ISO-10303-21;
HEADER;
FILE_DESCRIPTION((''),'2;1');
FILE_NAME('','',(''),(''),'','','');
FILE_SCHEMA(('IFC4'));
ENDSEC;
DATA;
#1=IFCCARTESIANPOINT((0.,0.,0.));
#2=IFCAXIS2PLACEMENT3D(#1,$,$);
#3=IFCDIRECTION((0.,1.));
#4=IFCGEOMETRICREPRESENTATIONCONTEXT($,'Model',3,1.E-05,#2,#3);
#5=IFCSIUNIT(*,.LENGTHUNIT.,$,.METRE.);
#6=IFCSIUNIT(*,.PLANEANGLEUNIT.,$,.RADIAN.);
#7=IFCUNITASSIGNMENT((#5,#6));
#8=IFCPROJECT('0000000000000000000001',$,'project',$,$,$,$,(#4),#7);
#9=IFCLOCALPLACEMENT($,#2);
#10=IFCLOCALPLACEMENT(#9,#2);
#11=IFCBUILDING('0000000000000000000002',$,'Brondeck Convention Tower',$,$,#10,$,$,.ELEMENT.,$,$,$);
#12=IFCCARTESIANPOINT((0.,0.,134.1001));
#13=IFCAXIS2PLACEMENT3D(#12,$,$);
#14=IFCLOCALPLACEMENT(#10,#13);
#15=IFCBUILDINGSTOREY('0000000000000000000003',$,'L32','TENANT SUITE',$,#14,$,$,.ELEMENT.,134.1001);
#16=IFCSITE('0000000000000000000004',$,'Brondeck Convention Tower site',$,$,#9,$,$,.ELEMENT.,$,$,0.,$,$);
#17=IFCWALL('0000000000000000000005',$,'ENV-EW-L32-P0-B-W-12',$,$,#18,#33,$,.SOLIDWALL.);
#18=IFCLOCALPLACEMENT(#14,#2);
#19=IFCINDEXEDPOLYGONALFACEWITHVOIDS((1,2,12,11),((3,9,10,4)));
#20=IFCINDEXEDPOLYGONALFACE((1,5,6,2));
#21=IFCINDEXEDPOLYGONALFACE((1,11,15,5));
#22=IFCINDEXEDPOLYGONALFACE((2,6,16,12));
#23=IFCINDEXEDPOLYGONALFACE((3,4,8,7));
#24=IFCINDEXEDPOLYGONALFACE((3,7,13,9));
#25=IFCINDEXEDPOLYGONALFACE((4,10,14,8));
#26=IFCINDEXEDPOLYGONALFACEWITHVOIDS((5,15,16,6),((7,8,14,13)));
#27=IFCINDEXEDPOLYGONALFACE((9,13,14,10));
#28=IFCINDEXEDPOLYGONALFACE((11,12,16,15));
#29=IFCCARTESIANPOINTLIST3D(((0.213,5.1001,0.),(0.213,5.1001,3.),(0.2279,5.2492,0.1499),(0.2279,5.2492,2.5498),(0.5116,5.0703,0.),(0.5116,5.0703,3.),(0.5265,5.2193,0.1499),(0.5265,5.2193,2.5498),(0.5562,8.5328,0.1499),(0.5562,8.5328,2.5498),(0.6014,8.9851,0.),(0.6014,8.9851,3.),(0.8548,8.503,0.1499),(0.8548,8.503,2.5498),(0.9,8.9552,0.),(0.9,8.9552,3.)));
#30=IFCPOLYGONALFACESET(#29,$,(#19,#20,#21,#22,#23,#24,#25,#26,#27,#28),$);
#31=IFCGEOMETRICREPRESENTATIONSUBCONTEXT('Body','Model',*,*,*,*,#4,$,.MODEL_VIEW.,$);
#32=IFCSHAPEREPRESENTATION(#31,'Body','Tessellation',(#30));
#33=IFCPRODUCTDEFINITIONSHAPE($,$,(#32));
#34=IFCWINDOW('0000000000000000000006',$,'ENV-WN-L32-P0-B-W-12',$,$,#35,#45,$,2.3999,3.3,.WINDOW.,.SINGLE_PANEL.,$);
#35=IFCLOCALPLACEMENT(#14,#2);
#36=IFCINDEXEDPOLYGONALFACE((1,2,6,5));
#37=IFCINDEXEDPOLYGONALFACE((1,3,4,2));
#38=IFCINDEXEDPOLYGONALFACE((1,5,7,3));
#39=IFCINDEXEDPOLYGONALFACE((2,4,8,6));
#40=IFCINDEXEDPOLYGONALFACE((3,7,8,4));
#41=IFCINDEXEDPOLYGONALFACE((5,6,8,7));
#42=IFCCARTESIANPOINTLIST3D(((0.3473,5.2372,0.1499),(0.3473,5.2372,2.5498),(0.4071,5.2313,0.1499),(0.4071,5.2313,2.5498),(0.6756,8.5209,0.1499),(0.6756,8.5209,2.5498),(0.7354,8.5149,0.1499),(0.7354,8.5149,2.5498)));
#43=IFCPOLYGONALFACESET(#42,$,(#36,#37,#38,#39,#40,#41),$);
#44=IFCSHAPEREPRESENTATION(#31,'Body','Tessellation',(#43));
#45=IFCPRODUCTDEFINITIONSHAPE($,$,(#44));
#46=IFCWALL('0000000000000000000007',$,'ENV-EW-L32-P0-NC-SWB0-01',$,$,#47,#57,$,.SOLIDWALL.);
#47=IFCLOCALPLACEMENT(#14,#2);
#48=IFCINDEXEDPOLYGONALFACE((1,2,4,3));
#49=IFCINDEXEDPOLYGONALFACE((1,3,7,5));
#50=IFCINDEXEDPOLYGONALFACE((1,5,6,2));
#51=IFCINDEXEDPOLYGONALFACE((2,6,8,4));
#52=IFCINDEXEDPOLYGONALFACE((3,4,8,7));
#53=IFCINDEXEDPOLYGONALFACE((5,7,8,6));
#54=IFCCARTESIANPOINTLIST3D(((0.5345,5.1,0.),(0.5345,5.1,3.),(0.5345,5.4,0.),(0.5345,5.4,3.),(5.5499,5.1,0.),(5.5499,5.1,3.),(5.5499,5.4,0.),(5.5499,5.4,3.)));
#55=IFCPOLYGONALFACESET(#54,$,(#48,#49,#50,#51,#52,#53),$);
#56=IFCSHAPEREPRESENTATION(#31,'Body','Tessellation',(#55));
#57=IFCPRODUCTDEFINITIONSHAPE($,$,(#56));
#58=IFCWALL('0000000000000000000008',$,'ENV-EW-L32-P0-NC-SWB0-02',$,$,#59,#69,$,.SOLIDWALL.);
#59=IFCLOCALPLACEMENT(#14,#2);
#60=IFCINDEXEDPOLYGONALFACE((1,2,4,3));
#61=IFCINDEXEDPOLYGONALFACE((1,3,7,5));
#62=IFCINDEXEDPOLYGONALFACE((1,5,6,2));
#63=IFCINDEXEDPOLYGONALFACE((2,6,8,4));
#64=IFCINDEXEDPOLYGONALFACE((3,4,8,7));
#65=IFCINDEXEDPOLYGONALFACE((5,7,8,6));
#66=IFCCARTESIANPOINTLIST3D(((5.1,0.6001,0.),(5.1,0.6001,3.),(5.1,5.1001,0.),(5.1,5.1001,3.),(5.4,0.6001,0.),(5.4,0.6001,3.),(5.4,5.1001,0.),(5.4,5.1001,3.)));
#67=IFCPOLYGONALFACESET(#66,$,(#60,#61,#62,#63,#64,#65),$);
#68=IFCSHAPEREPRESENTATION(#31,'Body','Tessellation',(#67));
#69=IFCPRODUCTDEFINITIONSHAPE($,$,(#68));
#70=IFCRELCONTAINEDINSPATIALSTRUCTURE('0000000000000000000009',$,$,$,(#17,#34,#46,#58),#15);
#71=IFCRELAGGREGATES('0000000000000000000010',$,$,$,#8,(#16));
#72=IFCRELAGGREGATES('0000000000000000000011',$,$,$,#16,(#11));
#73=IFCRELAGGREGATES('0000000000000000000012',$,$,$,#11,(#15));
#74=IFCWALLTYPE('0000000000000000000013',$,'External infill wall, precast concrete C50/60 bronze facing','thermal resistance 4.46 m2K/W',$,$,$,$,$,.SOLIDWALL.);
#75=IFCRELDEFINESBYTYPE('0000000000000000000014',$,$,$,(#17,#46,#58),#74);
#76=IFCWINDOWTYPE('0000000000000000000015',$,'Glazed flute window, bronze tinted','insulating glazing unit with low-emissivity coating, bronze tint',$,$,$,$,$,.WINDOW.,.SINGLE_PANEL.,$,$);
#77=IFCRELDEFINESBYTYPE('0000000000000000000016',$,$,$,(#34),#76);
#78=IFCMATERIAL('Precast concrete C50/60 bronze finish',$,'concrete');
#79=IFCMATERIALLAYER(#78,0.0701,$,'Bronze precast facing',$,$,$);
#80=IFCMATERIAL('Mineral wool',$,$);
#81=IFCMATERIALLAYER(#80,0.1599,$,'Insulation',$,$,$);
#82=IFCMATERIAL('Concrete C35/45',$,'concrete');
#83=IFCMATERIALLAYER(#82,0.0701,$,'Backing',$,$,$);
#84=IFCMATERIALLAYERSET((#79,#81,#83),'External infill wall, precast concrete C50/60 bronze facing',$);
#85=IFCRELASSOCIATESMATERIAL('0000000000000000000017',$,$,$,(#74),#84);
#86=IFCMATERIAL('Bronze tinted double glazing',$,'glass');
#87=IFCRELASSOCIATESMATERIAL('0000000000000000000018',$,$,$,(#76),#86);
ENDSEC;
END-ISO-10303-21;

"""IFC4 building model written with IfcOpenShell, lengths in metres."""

from ifc_helpers import new_model, si_unit, direction, frame, frame_2d, origin, place, context, subcontext, project, spatial, rectangle, extrude, material, layer, layer_set, type_object, element, fill, save


model = new_model("IFC4")

# Units and contexts
model_context = context("Model", 3, precision=1e-05, world=origin(), true_north=direction((0.0, 1.0)))
body_context = subcontext(model_context, "Body", "Model", "MODEL_VIEW")
ifc_project = project(units=[si_unit("LENGTHUNIT", "METRE"), si_unit("PLANEANGLEUNIT", "RADIAN")], contexts=[model_context])

# Site, building, storey
site_placement = place(None, origin())
site = spatial("IfcSite", under=ifc_project, at=site_placement, Name="Brondeck Convention Tower site", CompositionType="ELEMENT", RefElevation=0.0)
building_placement = place(site_placement, origin())
building = spatial("IfcBuilding", under=site, at=building_placement, Name="Brondeck Convention Tower", CompositionType="ELEMENT")
storey_placement = place(building_placement, frame((0.0, 0.0, 134.1001)))
storey = spatial("IfcBuildingStorey", under=building, at=storey_placement, Name="L32", Description="TENANT SUITE", CompositionType="ELEMENT", Elevation=134.1001)

# Shared definitions
ifc_material_1 = material(Name="Concrete C35/45", Category="concrete")

# Shared definitions
ifc_material_2 = material(Name="Precast concrete C50/60 bronze finish", Category="concrete")
ifc_layer_1 = layer(ifc_material_2, 0.0701, Name="Bronze precast facing")
ifc_material_3 = material(Name="Mineral wool")
ifc_layer_2 = layer(ifc_material_3, 0.1599, Name="Insulation")
ifc_layer_3 = layer(ifc_material_1, 0.0701, Name="Backing")
ifc_layer_set_1 = layer_set([ifc_layer_1, ifc_layer_2, ifc_layer_3], Name="External infill wall, precast concrete C50/60 bronze facing")
wall_type = type_object("IfcWallType", Name="External infill wall, precast concrete C50/60 bronze facing", Description="thermal resistance 4.46 m2K/W", PredefinedType="SOLIDWALL", material=ifc_layer_set_1)
ifc_material_4 = material(Name="Bronze tinted double glazing", Category="glass")
window_type_1 = type_object("IfcWindowType", Name="Glazed flute window, bronze tinted", Description="insulating glazing unit with low-emissivity coating, bronze tint", PartitioningType="SINGLE_PANEL", PredefinedType="WINDOW", material=ifc_material_4)

# Wall, opening, window
wall_1_placement = place(storey_placement, frame((0.3623, 5.0852, 0.0), z_axis=(0.0, 0.0, 1.0), x_axis=(0.099485, 0.995039, 0.0)))
wall_1 = element("IfcWall", 1, at=wall_1_placement, inside=storey, type_object=wall_type, Name="ENV-EW-L32-P0-B-W-12", PredefinedType="SOLIDWALL", context=body_context, shape_type="SweptSolid", body=[
    extrude(rectangle(XDim=3.9043, YDim=0.3, at=frame_2d((1.9521, 0.0))), origin(), (0.0, 0.0, 1.0), 3.0),
])
opening_1_placement = place(wall_1_placement, frame((0.1499, 0.0, 0.1499)))
opening_1 = element("IfcOpeningElement", 2, at=opening_1_placement, cuts=wall_1, PredefinedType="OPENING", context=body_context, shape_type="SweptSolid", body=[
    extrude(rectangle(XDim=3.3, YDim=2.3999, at=frame_2d((1.6499, 1.2))), frame((0.0, 0.1599, 0.0), z_axis=(0.0, -1.0, 0.0), x_axis=(1.0, 0.0, 0.0)), (0.0, 0.0, 1.0), 0.3201),
])
window_1_placement = place(opening_1_placement, origin())
window_1 = element("IfcWindow", 3, at=window_1_placement, inside=storey, type_object=window_type_1, Name="ENV-WN-L32-P0-B-W-12", OverallHeight=2.3999, OverallWidth=3.3, PartitioningType="SINGLE_PANEL", PredefinedType="WINDOW", context=body_context, shape_type="SweptSolid", body=[
    extrude(rectangle(XDim=3.3, YDim=2.3999, at=frame_2d((1.6499, 1.2))), frame((0.0, 0.03, 0.0), z_axis=(0.0, -1.0, 0.0), x_axis=(1.0, 0.0, 0.0)), (0.0, 0.0, 1.0), 0.0601),
])
fill(opening_1, window_1)

# Walls
wall_2_placement = place(storey_placement, frame((5.55, 5.25, 0.0), z_axis=(0.0, 0.0, 1.0), x_axis=(-1.0, 0.0, 0.0)))
element("IfcWall", 4, at=wall_2_placement, inside=storey, type_object=wall_type, Name="ENV-EW-L32-P0-NC-SWB0-01", PredefinedType="SOLIDWALL", context=body_context, shape_type="SweptSolid", body=[
    extrude(rectangle(XDim=5.0154, YDim=0.3, at=frame_2d((2.5078, 0.0))), origin(), (0.0, 0.0, 1.0), 3.0),
])
wall_3_placement = place(storey_placement, frame((5.25, 0.6001, 0.0), z_axis=(0.0, 0.0, 1.0), x_axis=(0.0, 1.0, 0.0)))
element("IfcWall", 5, at=wall_3_placement, inside=storey, type_object=wall_type, Name="ENV-EW-L32-P0-NC-SWB0-02", PredefinedType="SOLIDWALL", context=body_context, shape_type="SweptSolid", body=[
    extrude(rectangle(XDim=4.5, YDim=0.3, at=frame_2d((2.25, 0.0))), origin(), (0.0, 0.0, 1.0), 3.0),
])

save(model, "model.ifc")
